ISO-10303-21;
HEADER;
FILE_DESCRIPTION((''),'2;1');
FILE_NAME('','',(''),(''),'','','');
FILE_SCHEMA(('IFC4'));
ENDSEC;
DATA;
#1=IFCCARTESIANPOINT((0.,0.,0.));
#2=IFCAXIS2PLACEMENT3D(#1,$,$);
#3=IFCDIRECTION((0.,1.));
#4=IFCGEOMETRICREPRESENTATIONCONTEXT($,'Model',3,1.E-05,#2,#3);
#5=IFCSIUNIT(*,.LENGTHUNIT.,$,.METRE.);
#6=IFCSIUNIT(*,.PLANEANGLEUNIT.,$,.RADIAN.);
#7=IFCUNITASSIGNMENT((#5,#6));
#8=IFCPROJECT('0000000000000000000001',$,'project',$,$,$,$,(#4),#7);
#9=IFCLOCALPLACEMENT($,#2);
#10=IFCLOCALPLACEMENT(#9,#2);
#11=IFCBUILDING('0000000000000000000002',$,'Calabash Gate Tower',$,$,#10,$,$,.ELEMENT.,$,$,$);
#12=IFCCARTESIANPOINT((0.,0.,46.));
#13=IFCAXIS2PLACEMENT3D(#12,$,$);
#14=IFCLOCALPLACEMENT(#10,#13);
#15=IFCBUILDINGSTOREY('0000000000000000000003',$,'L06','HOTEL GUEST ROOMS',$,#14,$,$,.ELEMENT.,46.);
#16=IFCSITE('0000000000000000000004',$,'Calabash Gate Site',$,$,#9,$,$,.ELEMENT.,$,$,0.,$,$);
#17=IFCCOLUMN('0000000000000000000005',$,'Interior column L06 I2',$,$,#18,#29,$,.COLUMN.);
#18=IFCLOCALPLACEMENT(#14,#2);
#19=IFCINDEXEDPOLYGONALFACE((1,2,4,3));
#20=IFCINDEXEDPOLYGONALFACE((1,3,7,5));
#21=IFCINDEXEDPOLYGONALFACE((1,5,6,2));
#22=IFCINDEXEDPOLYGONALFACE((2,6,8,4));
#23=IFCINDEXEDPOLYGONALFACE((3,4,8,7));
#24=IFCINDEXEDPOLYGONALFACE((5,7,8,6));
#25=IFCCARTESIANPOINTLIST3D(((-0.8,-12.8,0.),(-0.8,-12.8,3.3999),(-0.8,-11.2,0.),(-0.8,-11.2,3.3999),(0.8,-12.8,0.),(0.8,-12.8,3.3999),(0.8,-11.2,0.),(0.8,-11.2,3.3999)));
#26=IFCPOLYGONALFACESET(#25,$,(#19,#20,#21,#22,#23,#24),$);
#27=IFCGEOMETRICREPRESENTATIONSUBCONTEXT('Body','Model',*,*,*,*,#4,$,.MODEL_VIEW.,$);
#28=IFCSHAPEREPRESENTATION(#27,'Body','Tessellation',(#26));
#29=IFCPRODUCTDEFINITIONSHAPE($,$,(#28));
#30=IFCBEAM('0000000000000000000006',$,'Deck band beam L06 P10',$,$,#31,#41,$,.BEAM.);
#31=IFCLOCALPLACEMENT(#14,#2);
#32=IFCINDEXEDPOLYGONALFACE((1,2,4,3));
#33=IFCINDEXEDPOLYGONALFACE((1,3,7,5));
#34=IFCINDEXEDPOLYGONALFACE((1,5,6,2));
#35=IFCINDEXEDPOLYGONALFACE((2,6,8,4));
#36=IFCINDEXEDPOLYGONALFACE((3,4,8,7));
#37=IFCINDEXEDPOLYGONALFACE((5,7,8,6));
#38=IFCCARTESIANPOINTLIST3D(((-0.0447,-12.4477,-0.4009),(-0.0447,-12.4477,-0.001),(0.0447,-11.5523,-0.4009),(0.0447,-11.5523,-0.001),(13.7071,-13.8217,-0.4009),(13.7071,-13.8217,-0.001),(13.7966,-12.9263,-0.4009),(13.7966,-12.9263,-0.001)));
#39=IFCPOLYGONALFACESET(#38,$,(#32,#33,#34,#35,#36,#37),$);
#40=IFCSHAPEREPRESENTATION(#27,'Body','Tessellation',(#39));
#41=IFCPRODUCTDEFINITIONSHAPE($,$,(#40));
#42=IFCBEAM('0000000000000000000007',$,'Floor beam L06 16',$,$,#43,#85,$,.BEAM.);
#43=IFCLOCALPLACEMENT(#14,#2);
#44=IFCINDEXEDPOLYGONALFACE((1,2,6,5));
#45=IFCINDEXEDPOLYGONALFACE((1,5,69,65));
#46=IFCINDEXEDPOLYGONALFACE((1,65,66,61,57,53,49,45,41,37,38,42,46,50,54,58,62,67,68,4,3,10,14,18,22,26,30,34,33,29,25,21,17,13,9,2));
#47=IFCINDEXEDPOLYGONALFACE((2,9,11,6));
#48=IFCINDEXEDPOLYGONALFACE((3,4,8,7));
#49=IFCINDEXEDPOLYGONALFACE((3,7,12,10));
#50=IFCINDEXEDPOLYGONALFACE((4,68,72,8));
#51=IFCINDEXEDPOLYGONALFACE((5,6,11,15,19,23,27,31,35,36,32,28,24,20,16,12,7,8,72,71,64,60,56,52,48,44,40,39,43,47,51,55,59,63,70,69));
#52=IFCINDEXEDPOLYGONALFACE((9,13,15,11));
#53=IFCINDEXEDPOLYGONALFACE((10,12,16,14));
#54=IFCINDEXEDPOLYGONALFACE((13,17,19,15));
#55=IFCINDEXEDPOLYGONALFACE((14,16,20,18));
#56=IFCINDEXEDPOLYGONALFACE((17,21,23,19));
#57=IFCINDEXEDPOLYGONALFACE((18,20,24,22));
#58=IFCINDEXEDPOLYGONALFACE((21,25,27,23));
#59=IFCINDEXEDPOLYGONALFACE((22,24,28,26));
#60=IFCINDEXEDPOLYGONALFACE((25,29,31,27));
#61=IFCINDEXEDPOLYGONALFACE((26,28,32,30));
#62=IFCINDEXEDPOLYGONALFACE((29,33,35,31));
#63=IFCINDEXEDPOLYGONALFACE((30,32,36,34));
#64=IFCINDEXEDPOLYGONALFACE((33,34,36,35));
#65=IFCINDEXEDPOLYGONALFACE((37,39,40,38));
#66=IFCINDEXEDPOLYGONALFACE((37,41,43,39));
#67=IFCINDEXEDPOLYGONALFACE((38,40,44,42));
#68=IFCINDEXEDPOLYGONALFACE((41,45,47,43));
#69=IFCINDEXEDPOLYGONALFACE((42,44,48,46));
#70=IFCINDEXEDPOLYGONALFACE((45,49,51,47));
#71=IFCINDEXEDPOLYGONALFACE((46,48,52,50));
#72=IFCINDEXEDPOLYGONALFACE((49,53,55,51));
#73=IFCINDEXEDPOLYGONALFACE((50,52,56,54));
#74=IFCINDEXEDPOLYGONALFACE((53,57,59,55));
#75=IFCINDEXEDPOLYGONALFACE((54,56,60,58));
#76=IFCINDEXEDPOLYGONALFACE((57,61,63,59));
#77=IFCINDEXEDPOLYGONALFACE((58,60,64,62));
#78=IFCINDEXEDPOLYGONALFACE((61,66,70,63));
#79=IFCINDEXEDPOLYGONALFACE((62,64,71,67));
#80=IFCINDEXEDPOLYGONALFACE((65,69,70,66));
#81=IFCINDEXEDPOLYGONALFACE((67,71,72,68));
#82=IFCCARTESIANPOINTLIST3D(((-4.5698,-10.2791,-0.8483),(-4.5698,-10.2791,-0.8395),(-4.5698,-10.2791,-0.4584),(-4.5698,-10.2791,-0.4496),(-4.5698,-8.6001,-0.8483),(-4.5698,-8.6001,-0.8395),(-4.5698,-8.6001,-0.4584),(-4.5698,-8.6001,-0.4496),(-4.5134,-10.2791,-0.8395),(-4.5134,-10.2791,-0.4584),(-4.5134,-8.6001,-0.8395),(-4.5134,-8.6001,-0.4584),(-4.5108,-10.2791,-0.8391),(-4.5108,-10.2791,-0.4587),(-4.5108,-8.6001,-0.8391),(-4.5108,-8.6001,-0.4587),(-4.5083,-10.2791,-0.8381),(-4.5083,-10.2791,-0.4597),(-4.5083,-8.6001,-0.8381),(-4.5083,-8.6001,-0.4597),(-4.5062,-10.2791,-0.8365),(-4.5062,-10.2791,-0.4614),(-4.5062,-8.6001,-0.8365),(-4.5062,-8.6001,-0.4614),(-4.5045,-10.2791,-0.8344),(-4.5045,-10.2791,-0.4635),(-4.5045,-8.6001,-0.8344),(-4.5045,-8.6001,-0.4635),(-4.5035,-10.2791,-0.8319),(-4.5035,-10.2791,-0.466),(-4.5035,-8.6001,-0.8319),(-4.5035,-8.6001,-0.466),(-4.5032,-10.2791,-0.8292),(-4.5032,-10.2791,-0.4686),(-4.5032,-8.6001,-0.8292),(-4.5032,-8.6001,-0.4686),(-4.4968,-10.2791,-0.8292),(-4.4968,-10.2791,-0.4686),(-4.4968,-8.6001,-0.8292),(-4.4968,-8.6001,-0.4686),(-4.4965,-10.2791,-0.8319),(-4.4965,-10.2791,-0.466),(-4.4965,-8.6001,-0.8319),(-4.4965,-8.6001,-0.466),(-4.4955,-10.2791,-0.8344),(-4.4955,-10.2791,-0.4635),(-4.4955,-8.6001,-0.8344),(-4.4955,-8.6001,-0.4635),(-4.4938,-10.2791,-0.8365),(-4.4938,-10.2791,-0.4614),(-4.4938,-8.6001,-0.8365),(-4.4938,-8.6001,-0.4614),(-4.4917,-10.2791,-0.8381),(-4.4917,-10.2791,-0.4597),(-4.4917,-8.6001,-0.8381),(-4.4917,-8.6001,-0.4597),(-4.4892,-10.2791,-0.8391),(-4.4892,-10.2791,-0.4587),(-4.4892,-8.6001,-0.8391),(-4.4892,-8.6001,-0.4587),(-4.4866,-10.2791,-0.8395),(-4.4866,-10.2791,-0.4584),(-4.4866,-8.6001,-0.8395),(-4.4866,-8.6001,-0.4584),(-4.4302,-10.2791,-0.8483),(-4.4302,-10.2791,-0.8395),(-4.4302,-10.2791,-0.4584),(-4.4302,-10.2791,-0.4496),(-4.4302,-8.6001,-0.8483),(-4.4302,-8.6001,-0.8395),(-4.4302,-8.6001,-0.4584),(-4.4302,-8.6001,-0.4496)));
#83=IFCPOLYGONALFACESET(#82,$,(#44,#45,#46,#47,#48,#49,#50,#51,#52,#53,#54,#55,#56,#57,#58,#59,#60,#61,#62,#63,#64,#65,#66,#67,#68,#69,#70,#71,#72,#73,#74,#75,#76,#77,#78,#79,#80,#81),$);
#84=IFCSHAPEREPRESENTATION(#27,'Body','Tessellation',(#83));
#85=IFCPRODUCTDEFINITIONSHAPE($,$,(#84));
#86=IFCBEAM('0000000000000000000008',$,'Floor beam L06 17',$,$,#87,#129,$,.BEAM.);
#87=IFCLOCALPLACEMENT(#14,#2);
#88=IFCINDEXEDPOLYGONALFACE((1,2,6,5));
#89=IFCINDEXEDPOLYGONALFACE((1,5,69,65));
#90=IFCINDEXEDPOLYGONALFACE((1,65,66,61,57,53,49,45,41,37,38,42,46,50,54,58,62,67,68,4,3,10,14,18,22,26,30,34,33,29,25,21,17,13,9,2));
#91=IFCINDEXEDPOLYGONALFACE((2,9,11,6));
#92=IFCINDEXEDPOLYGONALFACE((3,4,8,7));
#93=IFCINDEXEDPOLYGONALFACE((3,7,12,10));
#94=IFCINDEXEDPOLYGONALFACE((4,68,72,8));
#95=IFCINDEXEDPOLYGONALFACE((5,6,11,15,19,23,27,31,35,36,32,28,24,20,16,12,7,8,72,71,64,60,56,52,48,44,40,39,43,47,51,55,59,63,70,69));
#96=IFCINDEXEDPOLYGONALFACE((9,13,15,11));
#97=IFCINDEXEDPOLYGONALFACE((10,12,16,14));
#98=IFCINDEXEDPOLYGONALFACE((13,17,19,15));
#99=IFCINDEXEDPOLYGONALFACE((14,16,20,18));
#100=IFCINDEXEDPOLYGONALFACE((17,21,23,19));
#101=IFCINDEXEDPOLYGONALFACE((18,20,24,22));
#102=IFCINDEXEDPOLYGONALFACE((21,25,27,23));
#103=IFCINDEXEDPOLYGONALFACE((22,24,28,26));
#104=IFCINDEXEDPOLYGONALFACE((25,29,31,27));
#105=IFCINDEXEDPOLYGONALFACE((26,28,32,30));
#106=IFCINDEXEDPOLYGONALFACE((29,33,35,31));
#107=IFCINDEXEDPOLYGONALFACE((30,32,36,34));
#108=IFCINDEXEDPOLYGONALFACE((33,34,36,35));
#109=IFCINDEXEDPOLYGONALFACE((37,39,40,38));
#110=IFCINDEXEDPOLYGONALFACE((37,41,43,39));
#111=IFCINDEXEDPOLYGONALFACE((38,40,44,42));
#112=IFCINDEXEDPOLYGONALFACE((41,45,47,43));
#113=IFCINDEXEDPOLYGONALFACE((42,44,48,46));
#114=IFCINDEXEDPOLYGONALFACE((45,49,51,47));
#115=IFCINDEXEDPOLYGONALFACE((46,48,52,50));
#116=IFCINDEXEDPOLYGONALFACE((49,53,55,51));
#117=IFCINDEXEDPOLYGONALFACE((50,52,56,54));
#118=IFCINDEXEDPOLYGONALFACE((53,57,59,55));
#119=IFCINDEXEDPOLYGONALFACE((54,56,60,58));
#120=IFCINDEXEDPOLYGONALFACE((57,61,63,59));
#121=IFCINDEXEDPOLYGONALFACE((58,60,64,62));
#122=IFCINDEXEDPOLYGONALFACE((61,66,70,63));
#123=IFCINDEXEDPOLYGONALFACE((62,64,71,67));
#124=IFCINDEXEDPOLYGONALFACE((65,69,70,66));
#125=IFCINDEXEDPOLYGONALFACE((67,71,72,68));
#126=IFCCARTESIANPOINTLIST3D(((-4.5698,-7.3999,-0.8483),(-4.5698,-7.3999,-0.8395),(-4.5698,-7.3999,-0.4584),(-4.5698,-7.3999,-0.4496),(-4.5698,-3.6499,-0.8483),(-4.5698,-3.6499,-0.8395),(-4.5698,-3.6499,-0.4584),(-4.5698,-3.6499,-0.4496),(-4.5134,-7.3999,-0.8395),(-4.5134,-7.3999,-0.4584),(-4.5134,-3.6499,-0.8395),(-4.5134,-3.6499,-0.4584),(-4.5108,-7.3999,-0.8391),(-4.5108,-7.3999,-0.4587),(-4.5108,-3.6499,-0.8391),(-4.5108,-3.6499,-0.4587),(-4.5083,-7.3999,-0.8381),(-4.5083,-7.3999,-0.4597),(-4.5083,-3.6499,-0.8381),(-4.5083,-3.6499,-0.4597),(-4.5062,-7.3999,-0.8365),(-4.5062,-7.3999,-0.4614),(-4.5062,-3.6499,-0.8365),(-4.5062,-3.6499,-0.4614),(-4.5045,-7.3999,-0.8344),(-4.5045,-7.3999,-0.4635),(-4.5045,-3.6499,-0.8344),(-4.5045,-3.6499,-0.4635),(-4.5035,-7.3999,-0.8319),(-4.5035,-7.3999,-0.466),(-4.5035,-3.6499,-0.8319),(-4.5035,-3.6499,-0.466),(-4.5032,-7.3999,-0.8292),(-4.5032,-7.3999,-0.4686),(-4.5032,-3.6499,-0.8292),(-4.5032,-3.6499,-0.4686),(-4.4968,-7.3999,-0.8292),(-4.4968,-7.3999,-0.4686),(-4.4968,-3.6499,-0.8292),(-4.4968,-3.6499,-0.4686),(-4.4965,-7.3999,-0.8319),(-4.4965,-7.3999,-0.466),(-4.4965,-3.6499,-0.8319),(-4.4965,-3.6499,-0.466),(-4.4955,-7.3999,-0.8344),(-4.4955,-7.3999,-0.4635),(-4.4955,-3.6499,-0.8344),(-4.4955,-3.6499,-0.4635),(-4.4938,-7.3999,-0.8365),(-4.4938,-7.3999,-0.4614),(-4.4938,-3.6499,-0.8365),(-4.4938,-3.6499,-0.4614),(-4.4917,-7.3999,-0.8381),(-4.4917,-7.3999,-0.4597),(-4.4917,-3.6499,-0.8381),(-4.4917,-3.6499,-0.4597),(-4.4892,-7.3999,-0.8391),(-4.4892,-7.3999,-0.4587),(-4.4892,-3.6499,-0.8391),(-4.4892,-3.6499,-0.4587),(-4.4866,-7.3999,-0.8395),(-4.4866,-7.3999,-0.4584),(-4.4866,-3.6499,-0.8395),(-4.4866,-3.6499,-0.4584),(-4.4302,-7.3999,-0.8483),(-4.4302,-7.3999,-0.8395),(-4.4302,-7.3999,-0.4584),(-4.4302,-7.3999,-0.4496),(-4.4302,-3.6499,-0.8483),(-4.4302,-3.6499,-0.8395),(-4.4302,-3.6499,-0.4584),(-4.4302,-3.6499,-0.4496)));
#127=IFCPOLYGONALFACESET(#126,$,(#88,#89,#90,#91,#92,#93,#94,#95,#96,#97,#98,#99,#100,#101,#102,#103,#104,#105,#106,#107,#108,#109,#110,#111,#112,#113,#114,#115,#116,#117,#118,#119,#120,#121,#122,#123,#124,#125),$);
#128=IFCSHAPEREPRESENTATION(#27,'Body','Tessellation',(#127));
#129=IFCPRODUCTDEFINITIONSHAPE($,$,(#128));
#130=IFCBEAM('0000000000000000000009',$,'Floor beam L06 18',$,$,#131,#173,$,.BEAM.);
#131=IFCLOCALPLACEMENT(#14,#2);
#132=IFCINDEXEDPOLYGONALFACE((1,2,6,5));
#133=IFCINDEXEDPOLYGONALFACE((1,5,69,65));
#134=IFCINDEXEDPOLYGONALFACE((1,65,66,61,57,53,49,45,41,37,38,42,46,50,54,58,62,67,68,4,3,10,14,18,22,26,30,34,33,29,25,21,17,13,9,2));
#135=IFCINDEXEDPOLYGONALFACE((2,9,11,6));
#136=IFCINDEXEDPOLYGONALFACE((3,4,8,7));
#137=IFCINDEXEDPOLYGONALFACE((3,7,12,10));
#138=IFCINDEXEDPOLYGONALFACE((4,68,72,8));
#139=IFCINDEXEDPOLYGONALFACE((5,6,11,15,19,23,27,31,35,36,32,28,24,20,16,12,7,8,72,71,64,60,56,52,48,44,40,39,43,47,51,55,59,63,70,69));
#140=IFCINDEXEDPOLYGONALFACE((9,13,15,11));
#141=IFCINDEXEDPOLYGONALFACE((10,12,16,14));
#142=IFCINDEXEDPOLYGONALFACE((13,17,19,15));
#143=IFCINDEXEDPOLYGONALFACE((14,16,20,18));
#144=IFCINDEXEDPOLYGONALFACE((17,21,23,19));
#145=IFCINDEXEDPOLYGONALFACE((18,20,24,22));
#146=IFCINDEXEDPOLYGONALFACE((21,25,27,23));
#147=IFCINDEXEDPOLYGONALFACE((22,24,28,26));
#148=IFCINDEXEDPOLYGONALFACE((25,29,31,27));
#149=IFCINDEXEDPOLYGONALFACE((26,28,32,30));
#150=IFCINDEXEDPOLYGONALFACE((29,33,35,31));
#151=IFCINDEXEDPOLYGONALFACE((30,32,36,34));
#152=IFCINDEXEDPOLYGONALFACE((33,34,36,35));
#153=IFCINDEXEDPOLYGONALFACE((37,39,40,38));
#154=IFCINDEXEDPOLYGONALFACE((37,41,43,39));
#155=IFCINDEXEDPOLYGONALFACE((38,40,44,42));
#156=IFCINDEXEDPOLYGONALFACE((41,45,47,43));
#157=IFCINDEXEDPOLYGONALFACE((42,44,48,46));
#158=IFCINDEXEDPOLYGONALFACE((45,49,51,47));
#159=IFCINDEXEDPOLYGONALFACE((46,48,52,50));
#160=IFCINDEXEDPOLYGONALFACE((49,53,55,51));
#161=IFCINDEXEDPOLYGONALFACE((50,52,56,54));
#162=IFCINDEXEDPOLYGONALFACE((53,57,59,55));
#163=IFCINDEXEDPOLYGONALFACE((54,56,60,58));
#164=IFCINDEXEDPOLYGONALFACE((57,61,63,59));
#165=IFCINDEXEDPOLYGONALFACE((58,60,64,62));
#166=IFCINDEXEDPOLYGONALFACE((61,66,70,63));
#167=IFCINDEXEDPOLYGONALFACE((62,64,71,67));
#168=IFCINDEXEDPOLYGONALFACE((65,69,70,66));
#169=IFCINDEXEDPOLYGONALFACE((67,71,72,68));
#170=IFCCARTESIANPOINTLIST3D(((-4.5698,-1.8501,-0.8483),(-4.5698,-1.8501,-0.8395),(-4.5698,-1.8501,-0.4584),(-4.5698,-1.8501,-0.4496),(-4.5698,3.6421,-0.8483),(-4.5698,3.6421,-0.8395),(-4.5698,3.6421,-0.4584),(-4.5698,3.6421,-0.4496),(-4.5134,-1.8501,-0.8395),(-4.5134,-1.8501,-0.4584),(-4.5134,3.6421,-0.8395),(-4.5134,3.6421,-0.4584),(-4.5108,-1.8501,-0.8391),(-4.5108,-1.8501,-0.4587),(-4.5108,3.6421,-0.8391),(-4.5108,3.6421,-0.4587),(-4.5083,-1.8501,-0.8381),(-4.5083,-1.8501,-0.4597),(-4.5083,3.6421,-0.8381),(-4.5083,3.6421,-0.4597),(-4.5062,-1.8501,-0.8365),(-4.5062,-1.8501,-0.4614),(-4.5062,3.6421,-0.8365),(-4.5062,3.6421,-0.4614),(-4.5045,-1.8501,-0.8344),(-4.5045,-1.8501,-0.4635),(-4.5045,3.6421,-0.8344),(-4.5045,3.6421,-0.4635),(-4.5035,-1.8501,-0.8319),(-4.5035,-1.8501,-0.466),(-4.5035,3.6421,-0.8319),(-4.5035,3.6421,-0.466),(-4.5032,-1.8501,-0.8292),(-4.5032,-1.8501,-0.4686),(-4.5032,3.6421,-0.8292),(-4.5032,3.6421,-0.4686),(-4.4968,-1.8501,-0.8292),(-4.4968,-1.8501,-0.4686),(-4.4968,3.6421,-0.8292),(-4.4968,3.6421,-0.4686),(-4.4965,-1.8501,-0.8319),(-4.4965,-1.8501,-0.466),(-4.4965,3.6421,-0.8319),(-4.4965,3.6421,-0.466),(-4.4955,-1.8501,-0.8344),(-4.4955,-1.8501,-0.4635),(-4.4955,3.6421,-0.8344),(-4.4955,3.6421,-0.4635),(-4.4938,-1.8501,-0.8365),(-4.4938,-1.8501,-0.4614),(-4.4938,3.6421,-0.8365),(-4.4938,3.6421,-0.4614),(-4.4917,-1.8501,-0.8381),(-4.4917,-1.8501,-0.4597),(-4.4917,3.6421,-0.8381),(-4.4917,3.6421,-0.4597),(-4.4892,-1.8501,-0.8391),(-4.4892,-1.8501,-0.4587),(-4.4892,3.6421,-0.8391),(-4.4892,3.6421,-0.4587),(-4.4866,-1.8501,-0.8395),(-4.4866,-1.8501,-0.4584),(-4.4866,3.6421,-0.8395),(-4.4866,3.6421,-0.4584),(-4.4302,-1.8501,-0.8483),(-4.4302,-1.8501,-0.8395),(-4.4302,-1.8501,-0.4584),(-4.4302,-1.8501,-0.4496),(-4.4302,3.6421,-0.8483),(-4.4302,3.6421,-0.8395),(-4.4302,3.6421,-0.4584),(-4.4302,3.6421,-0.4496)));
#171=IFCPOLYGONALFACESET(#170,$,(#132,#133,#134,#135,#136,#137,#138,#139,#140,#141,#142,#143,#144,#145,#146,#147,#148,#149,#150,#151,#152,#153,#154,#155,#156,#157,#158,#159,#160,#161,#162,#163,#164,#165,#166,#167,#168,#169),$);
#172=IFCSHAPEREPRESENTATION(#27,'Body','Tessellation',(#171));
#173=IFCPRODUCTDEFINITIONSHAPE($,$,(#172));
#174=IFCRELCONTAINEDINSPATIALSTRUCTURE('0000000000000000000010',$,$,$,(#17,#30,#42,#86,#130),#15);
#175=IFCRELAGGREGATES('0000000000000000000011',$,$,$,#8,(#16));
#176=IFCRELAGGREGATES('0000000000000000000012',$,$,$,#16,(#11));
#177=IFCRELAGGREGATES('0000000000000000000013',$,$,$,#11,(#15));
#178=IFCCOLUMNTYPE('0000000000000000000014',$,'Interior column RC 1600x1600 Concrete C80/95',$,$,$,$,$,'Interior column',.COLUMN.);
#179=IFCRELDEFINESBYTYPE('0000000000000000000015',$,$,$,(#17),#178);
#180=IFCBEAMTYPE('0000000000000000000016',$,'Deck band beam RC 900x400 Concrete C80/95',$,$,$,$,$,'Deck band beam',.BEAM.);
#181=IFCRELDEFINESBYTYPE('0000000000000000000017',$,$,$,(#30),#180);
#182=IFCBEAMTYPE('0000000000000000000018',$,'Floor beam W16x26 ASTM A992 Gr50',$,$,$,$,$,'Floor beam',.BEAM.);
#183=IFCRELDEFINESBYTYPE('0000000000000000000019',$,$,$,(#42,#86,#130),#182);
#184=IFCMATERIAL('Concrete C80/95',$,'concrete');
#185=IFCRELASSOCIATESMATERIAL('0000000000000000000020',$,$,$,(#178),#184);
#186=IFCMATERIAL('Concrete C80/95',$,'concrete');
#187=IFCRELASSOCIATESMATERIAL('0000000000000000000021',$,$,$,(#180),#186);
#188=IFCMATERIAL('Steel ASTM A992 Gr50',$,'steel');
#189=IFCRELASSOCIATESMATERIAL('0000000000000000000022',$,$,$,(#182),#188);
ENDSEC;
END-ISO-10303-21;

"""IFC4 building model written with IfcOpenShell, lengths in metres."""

from ifc_helpers import new_model, si_unit, direction, frame, origin, origin_2d, place, context, subcontext, project, spatial, rectangle, i_section, extrude, material, material_profile, profile_set, type_object, element, save


model = new_model("IFC4")

# Units and contexts
model_context = context("Model", 3, precision=1e-05, world=origin(), true_north=direction((0.0, 1.0)))
body_context = subcontext(model_context, "Body", "Model", "MODEL_VIEW")
ifc_project = project(units=[si_unit("LENGTHUNIT", "METRE"), si_unit("PLANEANGLEUNIT", "RADIAN")], contexts=[model_context])

# Site, building, storey
site_placement = place(None, origin())
site = spatial("IfcSite", under=ifc_project, at=site_placement, Name="Calabash Gate Site", CompositionType="ELEMENT", RefElevation=0.0)
building_placement = place(site_placement, origin())
building = spatial("IfcBuilding", under=site, at=building_placement, Name="Calabash Gate Tower", CompositionType="ELEMENT")
storey_placement = place(building_placement, frame((0.0, 0.0, 46.0)))
storey = spatial("IfcBuildingStorey", under=building, at=storey_placement, Name="L06", Description="HOTEL GUEST ROOMS", CompositionType="ELEMENT", Elevation=46.0)

# Column
ifc_material_1 = material(Name="Concrete C80/95", Category="concrete")
ifc_material_profile_1 = material_profile(ifc_material_1, rectangle(XDim=1.6001, YDim=1.6001, at=origin_2d()))
ifc_profile_set_1 = profile_set([ifc_material_profile_1], Name="Concrete C80/95")
column_type = type_object("IfcColumnType", Name="Interior column RC 1600x1600 Concrete C80/95", ElementType="Interior column", PredefinedType="COLUMN", material=ifc_profile_set_1)
column_placement = place(storey_placement, frame((0.0, -12.0, 0.0), z_axis=(0.0, 0.0, 1.0), x_axis=(1.0, 0.0, 0.0)))
element("IfcColumn", 1, at=column_placement, inside=storey, type_object=column_type, Name="Interior column L06 I2", PredefinedType="COLUMN", context=body_context, shape_type="SweptSolid", body=[
    extrude(rectangle(XDim=1.6001, YDim=1.6001, at=origin_2d()), origin(), (0.0, 0.0, 1.0), 3.3999),
])

# Beams
ifc_material_2 = material(Name="Concrete C80/95", Category="concrete")
ifc_material_profile_2 = material_profile(ifc_material_2, rectangle(XDim=0.8999, YDim=0.3999, at=origin_2d()))
ifc_profile_set_2 = profile_set([ifc_material_profile_2], Name="Concrete C80/95")
beam_type_1 = type_object("IfcBeamType", Name="Deck band beam RC 900x400 Concrete C80/95", ElementType="Deck band beam", PredefinedType="BEAM", material=ifc_profile_set_2)
beam_1_placement = place(storey_placement, frame((0.0, -12.0, -0.2009), z_axis=(0.995046, -0.09942, 0.0), x_axis=(0.09942, 0.995046, 0.0)))
element("IfcBeam", 2, at=beam_1_placement, inside=storey, type_object=beam_type_1, Name="Deck band beam L06 P10", PredefinedType="BEAM", context=body_context, shape_type="SweptSolid", body=[
    extrude(rectangle(XDim=0.8999, YDim=0.3999, at=origin_2d()), origin(), (0.0, 0.0, 1.0), 13.8203),
])
ifc_material_3 = material(Name="Steel ASTM A992 Gr50", Category="steel")
ifc_material_profile_3 = material_profile(ifc_material_3, i_section(OverallWidth=0.1396, OverallDepth=0.3987, WebThickness=0.0063, FlangeThickness=0.0088, FilletRadius=0.0103, at=origin_2d()))
ifc_profile_set_3 = profile_set([ifc_material_profile_3], Name="Steel ASTM A992 Gr50")
beam_type_2 = type_object("IfcBeamType", Name="Floor beam W16x26 ASTM A992 Gr50", ElementType="Floor beam", PredefinedType="BEAM", material=ifc_profile_set_3)
beam_2_placement = place(storey_placement, frame((-4.5, -10.2791, -0.6489), z_axis=(0.0, 1.0, 0.0), x_axis=(-1.0, 0.0, 0.0)))
element("IfcBeam", 3, at=beam_2_placement, inside=storey, type_object=beam_type_2, Name="Floor beam L06 16", PredefinedType="BEAM", context=body_context, shape_type="SweptSolid", body=[
    extrude(i_section(OverallWidth=0.1396, OverallDepth=0.3987, WebThickness=0.0063, FlangeThickness=0.0088, FilletRadius=0.0103, at=origin_2d()), origin(), (0.0, 0.0, 1.0), 1.679),
])
beam_3_placement = place(storey_placement, frame((-4.5, -7.3999, -0.6489), z_axis=(0.0, 1.0, 0.0), x_axis=(-1.0, 0.0, 0.0)))
element("IfcBeam", 4, at=beam_3_placement, inside=storey, type_object=beam_type_2, Name="Floor beam L06 17", PredefinedType="BEAM", context=body_context, shape_type="SweptSolid", body=[
    extrude(i_section(OverallWidth=0.1396, OverallDepth=0.3987, WebThickness=0.0063, FlangeThickness=0.0088, FilletRadius=0.0103, at=origin_2d()), origin(), (0.0, 0.0, 1.0), 3.75),
])
beam_4_placement = place(storey_placement, frame((-4.5, -1.8501, -0.6489), z_axis=(0.0, 1.0, 0.0), x_axis=(-1.0, 0.0, 0.0)))
element("IfcBeam", 5, at=beam_4_placement, inside=storey, type_object=beam_type_2, Name="Floor beam L06 18", PredefinedType="BEAM", context=body_context, shape_type="SweptSolid", body=[
    extrude(i_section(OverallWidth=0.1396, OverallDepth=0.3987, WebThickness=0.0063, FlangeThickness=0.0088, FilletRadius=0.0103, at=origin_2d()), origin(), (0.0, 0.0, 1.0), 5.4922),
])

save(model, "model.ifc")
